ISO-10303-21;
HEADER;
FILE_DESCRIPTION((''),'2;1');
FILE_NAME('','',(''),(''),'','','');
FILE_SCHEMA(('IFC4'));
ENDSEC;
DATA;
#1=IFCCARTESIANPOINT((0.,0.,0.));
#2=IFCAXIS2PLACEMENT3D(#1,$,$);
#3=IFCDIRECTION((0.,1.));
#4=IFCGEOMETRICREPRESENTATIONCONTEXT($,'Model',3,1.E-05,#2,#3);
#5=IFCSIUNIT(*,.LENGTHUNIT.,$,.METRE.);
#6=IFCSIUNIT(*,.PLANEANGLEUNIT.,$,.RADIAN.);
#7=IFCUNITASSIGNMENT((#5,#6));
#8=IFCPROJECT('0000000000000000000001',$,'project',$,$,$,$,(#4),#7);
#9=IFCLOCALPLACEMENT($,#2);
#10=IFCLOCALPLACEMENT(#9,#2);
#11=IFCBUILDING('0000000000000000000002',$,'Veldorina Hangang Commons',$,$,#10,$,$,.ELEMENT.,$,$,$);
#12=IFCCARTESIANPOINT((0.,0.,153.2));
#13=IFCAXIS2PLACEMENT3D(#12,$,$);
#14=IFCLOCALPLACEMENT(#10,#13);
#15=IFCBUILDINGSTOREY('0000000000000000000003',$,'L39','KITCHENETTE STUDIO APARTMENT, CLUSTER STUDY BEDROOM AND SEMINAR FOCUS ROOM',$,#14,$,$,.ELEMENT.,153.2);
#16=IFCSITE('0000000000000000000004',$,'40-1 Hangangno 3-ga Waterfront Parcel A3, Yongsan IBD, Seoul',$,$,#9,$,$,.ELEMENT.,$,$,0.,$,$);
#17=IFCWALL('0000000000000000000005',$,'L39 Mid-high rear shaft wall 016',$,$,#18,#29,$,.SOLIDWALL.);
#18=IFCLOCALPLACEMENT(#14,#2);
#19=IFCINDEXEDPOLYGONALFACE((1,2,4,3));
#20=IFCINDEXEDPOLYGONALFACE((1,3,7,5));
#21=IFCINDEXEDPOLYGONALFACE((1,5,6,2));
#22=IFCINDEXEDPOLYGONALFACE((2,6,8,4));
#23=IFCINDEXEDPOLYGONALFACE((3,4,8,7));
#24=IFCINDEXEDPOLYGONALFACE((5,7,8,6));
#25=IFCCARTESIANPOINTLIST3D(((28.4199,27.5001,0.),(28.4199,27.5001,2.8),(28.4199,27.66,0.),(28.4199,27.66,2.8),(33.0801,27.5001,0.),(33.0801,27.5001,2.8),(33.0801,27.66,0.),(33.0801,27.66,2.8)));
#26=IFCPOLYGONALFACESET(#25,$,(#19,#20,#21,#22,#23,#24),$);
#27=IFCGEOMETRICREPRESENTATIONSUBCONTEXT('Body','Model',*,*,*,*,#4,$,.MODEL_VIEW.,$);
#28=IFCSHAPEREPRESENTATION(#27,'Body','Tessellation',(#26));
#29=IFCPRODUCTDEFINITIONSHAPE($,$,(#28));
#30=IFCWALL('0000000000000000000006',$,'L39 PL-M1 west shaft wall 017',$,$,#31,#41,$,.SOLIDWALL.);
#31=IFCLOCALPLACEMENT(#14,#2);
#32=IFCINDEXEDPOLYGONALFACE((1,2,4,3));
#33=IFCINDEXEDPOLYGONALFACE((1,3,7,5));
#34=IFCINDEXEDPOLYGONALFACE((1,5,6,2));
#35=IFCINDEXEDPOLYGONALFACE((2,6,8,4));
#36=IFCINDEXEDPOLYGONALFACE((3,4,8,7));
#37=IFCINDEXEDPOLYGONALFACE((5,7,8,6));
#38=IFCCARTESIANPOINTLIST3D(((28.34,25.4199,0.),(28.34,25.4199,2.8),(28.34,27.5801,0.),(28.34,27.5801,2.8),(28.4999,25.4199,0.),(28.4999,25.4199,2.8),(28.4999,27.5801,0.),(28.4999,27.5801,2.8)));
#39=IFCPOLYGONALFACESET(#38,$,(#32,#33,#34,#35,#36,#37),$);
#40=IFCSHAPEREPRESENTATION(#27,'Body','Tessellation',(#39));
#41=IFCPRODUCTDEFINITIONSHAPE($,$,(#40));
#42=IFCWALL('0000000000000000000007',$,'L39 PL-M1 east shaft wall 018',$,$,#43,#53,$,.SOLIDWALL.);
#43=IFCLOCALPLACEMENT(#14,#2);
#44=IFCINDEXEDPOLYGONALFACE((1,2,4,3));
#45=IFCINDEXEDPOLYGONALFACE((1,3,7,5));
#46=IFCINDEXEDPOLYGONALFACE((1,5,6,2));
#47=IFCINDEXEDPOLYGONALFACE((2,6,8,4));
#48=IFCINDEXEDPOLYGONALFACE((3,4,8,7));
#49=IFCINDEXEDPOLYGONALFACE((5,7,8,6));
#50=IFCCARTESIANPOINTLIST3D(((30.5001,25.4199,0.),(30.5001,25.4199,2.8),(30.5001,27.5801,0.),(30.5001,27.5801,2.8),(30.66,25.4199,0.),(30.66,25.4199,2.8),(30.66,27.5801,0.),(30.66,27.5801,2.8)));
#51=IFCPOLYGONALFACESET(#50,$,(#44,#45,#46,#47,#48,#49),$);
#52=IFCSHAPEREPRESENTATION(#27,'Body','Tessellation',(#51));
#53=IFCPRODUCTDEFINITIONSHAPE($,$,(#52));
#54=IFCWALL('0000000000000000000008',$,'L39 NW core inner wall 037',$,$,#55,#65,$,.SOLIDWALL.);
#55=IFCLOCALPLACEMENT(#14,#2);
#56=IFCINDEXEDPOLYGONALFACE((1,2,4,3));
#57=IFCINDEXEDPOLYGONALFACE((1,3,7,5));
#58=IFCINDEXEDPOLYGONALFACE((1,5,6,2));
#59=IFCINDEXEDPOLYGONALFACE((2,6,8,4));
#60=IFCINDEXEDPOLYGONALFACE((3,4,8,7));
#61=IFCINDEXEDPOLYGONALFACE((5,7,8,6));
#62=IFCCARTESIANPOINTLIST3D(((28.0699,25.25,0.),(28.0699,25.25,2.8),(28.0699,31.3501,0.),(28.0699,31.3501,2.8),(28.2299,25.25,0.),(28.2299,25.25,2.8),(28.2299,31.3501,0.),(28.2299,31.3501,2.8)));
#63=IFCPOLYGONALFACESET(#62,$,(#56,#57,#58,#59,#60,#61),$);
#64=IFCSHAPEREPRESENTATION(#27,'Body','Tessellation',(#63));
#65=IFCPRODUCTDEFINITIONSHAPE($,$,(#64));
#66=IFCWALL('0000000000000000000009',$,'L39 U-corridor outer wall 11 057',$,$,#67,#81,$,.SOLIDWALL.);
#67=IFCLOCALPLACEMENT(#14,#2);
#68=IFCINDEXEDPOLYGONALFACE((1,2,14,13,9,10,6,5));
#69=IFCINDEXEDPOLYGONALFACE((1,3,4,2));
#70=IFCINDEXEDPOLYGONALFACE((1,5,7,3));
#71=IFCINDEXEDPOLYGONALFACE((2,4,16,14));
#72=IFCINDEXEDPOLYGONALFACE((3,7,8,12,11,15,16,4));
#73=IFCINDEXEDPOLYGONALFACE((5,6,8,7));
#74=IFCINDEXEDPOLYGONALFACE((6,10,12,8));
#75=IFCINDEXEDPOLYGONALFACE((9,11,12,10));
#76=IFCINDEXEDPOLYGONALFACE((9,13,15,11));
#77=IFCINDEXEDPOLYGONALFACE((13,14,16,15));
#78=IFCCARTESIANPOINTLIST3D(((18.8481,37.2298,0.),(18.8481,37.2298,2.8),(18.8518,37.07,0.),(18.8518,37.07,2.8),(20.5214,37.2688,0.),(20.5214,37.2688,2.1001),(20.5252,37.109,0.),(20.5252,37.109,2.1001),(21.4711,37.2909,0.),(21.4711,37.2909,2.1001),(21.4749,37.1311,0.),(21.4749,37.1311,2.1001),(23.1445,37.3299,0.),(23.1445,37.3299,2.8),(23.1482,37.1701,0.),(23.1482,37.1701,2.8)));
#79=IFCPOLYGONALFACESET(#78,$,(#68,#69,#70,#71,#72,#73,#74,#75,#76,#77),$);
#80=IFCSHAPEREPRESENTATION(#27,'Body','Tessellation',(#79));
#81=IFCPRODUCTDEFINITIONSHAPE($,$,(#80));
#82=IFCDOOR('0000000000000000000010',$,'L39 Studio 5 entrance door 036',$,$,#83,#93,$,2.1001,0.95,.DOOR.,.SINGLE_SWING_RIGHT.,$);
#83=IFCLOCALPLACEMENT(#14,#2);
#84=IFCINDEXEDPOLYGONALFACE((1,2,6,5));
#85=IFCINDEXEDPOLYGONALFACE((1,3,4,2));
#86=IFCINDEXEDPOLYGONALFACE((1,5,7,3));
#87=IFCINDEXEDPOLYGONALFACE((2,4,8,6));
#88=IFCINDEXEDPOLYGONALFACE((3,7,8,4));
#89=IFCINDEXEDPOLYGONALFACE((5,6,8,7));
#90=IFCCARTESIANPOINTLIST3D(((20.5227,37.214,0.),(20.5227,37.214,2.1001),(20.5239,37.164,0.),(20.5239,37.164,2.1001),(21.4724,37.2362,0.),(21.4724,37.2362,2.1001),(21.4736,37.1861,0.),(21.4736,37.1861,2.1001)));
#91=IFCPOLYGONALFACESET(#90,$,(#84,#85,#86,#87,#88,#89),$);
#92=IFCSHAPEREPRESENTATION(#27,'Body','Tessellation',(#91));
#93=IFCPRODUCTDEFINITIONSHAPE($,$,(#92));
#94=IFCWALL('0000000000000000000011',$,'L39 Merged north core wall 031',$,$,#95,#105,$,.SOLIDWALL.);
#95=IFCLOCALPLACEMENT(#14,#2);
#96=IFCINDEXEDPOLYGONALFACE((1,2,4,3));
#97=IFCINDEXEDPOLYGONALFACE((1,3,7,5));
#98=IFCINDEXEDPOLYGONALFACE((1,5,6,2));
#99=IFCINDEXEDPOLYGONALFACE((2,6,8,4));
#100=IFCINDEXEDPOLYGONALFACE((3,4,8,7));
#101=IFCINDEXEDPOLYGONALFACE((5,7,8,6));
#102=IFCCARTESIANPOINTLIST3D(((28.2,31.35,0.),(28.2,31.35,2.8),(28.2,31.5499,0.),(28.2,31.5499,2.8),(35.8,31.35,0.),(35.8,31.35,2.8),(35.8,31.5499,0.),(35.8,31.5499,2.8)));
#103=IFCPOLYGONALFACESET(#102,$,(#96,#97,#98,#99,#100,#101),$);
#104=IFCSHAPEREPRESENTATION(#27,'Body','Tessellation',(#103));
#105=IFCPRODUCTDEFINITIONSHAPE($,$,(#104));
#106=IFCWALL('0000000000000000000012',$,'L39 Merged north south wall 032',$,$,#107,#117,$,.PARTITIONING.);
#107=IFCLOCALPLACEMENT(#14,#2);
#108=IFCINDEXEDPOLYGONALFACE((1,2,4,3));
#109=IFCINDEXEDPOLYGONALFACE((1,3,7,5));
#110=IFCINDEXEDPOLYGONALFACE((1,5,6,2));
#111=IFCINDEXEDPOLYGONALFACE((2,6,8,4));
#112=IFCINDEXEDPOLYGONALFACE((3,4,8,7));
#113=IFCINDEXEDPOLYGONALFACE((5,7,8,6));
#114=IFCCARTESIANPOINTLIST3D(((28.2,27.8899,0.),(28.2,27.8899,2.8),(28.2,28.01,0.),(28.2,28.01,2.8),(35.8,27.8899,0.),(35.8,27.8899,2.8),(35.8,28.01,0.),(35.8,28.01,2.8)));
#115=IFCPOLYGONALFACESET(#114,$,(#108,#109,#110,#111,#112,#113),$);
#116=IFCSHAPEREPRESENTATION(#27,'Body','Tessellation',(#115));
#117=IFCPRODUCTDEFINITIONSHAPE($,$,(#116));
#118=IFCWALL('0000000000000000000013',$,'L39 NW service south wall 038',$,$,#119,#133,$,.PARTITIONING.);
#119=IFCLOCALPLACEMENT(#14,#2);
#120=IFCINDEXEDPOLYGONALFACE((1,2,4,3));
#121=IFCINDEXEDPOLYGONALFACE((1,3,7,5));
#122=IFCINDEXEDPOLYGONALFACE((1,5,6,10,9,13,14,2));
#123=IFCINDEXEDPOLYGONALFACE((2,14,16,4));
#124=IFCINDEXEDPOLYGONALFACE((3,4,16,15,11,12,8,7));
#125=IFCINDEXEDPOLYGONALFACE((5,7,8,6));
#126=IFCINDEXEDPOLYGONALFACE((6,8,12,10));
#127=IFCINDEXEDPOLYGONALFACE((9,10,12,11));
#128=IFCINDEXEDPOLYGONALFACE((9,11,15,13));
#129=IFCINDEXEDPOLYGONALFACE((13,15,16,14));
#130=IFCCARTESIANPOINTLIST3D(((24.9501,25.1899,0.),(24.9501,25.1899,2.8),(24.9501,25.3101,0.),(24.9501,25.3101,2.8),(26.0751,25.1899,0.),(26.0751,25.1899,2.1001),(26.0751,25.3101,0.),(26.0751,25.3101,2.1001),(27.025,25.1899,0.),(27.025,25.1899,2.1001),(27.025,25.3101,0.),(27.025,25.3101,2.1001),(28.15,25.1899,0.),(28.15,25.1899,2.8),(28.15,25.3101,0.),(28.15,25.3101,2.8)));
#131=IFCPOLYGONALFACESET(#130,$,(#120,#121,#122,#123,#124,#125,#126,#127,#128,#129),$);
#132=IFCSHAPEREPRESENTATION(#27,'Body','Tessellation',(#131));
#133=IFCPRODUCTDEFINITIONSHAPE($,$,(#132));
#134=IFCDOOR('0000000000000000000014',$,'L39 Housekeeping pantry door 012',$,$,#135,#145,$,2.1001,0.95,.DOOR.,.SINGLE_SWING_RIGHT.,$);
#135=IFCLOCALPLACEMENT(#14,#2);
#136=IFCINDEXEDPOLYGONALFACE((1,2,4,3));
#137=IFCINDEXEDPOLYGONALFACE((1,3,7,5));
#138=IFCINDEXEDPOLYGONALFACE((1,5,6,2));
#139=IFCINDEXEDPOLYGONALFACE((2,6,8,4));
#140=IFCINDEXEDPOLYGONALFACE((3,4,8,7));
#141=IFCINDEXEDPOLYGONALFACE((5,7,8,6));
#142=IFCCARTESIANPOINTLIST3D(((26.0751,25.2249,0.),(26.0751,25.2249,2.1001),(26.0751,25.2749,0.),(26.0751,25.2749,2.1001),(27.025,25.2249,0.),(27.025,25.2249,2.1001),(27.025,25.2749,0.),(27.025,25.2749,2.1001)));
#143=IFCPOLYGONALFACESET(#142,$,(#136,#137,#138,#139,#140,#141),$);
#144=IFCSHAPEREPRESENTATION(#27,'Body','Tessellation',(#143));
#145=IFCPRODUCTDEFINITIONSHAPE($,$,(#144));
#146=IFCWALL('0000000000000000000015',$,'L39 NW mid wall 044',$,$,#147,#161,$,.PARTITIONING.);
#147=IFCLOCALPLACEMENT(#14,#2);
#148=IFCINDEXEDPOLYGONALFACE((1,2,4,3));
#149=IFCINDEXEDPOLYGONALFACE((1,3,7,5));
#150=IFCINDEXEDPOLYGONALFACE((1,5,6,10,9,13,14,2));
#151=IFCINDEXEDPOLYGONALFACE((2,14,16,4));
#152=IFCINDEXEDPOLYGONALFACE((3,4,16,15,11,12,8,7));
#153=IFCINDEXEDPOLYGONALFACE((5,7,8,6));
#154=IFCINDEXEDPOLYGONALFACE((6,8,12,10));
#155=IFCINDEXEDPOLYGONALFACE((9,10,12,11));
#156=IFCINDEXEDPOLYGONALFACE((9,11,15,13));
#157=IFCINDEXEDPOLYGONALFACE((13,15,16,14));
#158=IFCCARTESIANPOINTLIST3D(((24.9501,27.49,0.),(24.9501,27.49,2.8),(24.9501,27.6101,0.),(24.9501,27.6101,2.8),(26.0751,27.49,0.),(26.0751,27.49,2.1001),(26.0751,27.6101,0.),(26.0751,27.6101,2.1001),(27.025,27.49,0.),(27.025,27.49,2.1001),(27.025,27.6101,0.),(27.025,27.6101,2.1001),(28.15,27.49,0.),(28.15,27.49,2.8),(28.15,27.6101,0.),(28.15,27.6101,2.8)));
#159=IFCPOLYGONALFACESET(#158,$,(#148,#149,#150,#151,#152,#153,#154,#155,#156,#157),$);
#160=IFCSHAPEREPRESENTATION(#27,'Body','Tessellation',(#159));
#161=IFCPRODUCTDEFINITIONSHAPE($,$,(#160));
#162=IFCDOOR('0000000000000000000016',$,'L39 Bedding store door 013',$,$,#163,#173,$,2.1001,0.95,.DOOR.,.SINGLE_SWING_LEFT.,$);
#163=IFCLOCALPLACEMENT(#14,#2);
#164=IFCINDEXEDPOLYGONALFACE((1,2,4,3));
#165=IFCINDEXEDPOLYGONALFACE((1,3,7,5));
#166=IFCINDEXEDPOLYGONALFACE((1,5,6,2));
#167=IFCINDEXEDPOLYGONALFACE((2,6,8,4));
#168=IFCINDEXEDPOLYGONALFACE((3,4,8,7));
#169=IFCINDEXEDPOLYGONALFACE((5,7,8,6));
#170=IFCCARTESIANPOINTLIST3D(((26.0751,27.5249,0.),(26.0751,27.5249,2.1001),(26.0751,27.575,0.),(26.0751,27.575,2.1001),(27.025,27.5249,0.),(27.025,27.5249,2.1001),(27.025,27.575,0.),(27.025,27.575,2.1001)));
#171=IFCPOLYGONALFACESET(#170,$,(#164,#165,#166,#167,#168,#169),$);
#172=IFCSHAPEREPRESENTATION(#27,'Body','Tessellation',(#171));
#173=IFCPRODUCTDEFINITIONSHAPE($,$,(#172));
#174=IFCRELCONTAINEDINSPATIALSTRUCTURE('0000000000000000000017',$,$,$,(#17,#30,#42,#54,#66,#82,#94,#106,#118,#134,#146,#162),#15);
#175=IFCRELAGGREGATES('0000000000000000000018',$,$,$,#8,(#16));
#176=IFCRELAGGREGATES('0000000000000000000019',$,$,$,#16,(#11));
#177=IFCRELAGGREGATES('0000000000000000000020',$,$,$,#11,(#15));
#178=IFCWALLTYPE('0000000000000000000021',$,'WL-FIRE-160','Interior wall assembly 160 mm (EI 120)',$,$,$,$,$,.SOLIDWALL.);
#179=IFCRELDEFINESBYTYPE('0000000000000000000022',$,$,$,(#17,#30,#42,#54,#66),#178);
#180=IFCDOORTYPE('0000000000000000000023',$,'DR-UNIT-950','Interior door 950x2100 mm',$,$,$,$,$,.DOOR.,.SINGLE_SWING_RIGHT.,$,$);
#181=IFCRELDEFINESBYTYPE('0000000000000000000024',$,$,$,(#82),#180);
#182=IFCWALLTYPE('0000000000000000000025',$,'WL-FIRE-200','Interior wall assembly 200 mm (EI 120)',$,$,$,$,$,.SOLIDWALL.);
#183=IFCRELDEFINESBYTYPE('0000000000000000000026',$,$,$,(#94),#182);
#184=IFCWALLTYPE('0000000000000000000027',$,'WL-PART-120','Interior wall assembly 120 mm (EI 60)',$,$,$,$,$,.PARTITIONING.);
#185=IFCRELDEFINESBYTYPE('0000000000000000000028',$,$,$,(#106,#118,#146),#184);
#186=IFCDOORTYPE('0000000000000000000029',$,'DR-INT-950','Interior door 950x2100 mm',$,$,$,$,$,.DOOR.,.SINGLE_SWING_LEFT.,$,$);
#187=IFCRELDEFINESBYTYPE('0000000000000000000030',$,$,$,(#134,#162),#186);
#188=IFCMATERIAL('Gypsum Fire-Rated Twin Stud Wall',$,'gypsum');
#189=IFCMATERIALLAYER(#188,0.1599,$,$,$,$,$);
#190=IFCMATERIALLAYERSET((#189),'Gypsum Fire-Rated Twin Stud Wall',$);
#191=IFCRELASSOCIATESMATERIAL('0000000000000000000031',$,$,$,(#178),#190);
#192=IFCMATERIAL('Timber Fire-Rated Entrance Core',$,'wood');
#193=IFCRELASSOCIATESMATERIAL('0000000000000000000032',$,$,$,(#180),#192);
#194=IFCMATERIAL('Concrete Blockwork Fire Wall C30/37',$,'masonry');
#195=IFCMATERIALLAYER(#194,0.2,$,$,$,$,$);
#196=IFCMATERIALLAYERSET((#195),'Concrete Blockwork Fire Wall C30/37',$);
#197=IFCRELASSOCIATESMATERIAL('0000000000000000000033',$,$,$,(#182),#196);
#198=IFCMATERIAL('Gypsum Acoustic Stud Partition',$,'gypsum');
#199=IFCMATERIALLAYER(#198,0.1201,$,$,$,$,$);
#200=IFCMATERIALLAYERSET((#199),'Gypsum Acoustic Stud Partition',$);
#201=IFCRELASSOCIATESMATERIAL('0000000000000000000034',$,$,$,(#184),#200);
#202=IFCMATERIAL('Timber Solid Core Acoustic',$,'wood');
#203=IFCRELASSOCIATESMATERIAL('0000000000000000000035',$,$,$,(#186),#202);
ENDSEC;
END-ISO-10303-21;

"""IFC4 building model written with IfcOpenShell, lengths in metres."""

from ifc_helpers import new_model, si_unit, direction, frame, frame_2d, origin, place, context, subcontext, project, spatial, rectangle, extrude, material, layer, layer_set, type_object, element, fill, save


model = new_model("IFC4")

# Units and contexts
model_context = context("Model", 3, precision=1e-05, world=origin(), true_north=direction((0.0, 1.0)))
body_context = subcontext(model_context, "Body", "Model", "MODEL_VIEW")
ifc_project = project(units=[si_unit("LENGTHUNIT", "METRE"), si_unit("PLANEANGLEUNIT", "RADIAN")], contexts=[model_context])

# Site, building, storey
site_placement = place(None, origin())
site = spatial("IfcSite", under=ifc_project, at=site_placement, Name="40-1 Hangangno 3-ga Waterfront Parcel A3, Yongsan IBD, Seoul", CompositionType="ELEMENT", RefElevation=0.0)
building_placement = place(site_placement, origin())
building = spatial("IfcBuilding", under=site, at=building_placement, Name="Veldorina Hangang Commons", CompositionType="ELEMENT")
storey_placement = place(building_placement, frame((0.0, 0.0, 153.2)))
storey = spatial("IfcBuildingStorey", under=building, at=storey_placement, Name="L39", Description="KITCHENETTE STUDIO APARTMENT, CLUSTER STUDY BEDROOM AND SEMINAR FOCUS ROOM", CompositionType="ELEMENT", Elevation=153.2)

# Shared definitions
ifc_material_1 = material(Name="Gypsum Fire-Rated Twin Stud Wall", Category="gypsum")
ifc_layer_1 = layer(ifc_material_1, 0.1599)
ifc_layer_set_1 = layer_set([ifc_layer_1], Name="Gypsum Fire-Rated Twin Stud Wall")
wall_type_1 = type_object("IfcWallType", Name="WL-FIRE-160", Description="Interior wall assembly 160 mm (EI 120)", PredefinedType="SOLIDWALL", material=ifc_layer_set_1)

# Walls
wall_1_placement = place(storey_placement, frame((28.4199, 27.5801, 0.0), z_axis=(0.0, 0.0, 1.0), x_axis=(1.0, 0.0, 0.0)))
element("IfcWall", 1, at=wall_1_placement, inside=storey, type_object=wall_type_1, Name="L39 Mid-high rear shaft wall 016", PredefinedType="SOLIDWALL", context=body_context, shape_type="SweptSolid", body=[
    extrude(rectangle(XDim=4.6602, YDim=0.1599, at=frame_2d((2.3301, 0.0))), origin(), (0.0, 0.0, 1.0), 2.8),
])
for number, where, z_axis, x_axis, name in (
    (2, (28.4199, 25.4199, 0.0), (0.0, 0.0, 1.0), (0.0, 1.0, 0.0), "L39 PL-M1 west shaft wall 017"),
    (3, (30.5801, 25.4199, 0.0), (0.0, 0.0, 1.0), (0.0, 1.0, 0.0), "L39 PL-M1 east shaft wall 018"),
):
    element("IfcWall", number, at=place(storey_placement, frame(where, z_axis=z_axis, x_axis=x_axis)), inside=storey, type_object=wall_type_1, Name=name, PredefinedType="SOLIDWALL", context=body_context, shape_type="SweptSolid", body=[
        extrude(rectangle(XDim=2.1602, YDim=0.1599, at=frame_2d((1.0801, 0.0))), origin(), (0.0, 0.0, 1.0), 2.8),
    ])
wall_2_placement = place(storey_placement, frame((28.1499, 25.25, 0.0), z_axis=(0.0, 0.0, 1.0), x_axis=(0.0, 1.0, 0.0)))
element("IfcWall", 4, at=wall_2_placement, inside=storey, type_object=wall_type_1, Name="L39 NW core inner wall 037", PredefinedType="SOLIDWALL", context=body_context, shape_type="SweptSolid", body=[
    extrude(rectangle(XDim=6.1001, YDim=0.1599, at=frame_2d((3.05, 0.0))), origin(), (0.0, 0.0, 1.0), 2.8),
])

# Wall, opening, door
wall_3_placement = place(storey_placement, frame((23.1465, 37.25, 0.0), z_axis=(0.0, 0.0, 1.0), x_axis=(-0.999729, -0.023292, 0.0)))
wall_3 = element("IfcWall", 5, at=wall_3_placement, inside=storey, type_object=wall_type_1, Name="L39 U-corridor outer wall 11 057", PredefinedType="SOLIDWALL", context=body_context, shape_type="SweptSolid", body=[
    extrude(rectangle(XDim=4.2976, YDim=0.1599, at=frame_2d((2.1489, 0.0))), origin(), (0.0, 0.0, 1.0), 2.8),
])
opening_1_placement = place(wall_3_placement, frame((1.6738, 0.0, 0.0)))
opening_1 = element("IfcOpeningElement", 6, at=opening_1_placement, cuts=wall_3, PredefinedType="OPENING", context=body_context, shape_type="SweptSolid", body=[
    extrude(rectangle(XDim=0.95, YDim=2.1001, at=frame_2d((0.4751, 1.05))), frame((0.0, 0.0898, 0.0), z_axis=(0.0, -1.0, 0.0), x_axis=(1.0, 0.0, 0.0)), (0.0, 0.0, 1.0), 0.1799),
])
ifc_material_2 = material(Name="Timber Fire-Rated Entrance Core", Category="wood")
door_type_1 = type_object("IfcDoorType", Name="DR-UNIT-950", Description="Interior door 950x2100 mm", OperationType="SINGLE_SWING_RIGHT", PredefinedType="DOOR", material=ifc_material_2)
door_1_placement = place(opening_1_placement, origin())
door_1 = element("IfcDoor", 7, at=door_1_placement, inside=storey, type_object=door_type_1, Name="L39 Studio 5 entrance door 036", OperationType="SINGLE_SWING_RIGHT", OverallHeight=2.1001, OverallWidth=0.95, PredefinedType="DOOR", context=body_context, shape_type="SweptSolid", body=[
    extrude(rectangle(XDim=0.95, YDim=2.1001, at=frame_2d((0.4751, 1.05))), frame((0.0, 0.0249, 0.0), z_axis=(0.0, -1.0, 0.0), x_axis=(1.0, 0.0, 0.0)), (0.0, 0.0, 1.0), 0.05),
])
fill(opening_1, door_1)

# Walls
ifc_material_3 = material(Name="Concrete Blockwork Fire Wall C30/37", Category="masonry")
ifc_layer_2 = layer(ifc_material_3, 0.2)
ifc_layer_set_2 = layer_set([ifc_layer_2], Name="Concrete Blockwork Fire Wall C30/37")
wall_type_2 = type_object("IfcWallType", Name="WL-FIRE-200", Description="Interior wall assembly 200 mm (EI 120)", PredefinedType="SOLIDWALL", material=ifc_layer_set_2)
wall_4_placement = place(storey_placement, frame((28.2, 31.45, 0.0), z_axis=(0.0, 0.0, 1.0), x_axis=(1.0, 0.0, 0.0)))
element("IfcWall", 8, at=wall_4_placement, inside=storey, type_object=wall_type_2, Name="L39 Merged north core wall 031", PredefinedType="SOLIDWALL", context=body_context, shape_type="SweptSolid", body=[
    extrude(rectangle(XDim=7.6001, YDim=0.2, at=frame_2d((3.8, 0.0))), origin(), (0.0, 0.0, 1.0), 2.8),
])
ifc_material_4 = material(Name="Gypsum Acoustic Stud Partition", Category="gypsum")
ifc_layer_3 = layer(ifc_material_4, 0.1201)
ifc_layer_set_3 = layer_set([ifc_layer_3], Name="Gypsum Acoustic Stud Partition")
wall_type_3 = type_object("IfcWallType", Name="WL-PART-120", Description="Interior wall assembly 120 mm (EI 60)", PredefinedType="PARTITIONING", material=ifc_layer_set_3)
wall_5_placement = place(storey_placement, frame((28.2, 27.95, 0.0), z_axis=(0.0, 0.0, 1.0), x_axis=(1.0, 0.0, 0.0)))
element("IfcWall", 9, at=wall_5_placement, inside=storey, type_object=wall_type_3, Name="L39 Merged north south wall 032", PredefinedType="PARTITIONING", context=body_context, shape_type="SweptSolid", body=[
    extrude(rectangle(XDim=7.6001, YDim=0.1201, at=frame_2d((3.8, 0.0))), origin(), (0.0, 0.0, 1.0), 2.8),
])

# Walls, openings, doors
wall_6_placement = place(storey_placement, frame((24.95, 25.25, 0.0), z_axis=(0.0, 0.0, 1.0), x_axis=(1.0, 0.0, 0.0)))
wall_6 = element("IfcWall", 10, at=wall_6_placement, inside=storey, type_object=wall_type_3, Name="L39 NW service south wall 038", PredefinedType="PARTITIONING", context=body_context, shape_type="SweptSolid", body=[
    extrude(rectangle(XDim=3.2, YDim=0.1201, at=frame_2d((1.6001, 0.0))), origin(), (0.0, 0.0, 1.0), 2.8),
])
opening_2_placement = place(wall_6_placement, frame((1.125, 0.0, 0.0)))
opening_2 = element("IfcOpeningElement", 11, at=opening_2_placement, cuts=wall_6, PredefinedType="OPENING", context=body_context, shape_type="SweptSolid", body=[
    extrude(rectangle(XDim=0.95, YDim=2.1001, at=frame_2d((0.4751, 1.05))), frame((0.0, 0.0701, 0.0), z_axis=(0.0, -1.0, 0.0), x_axis=(1.0, 0.0, 0.0)), (0.0, 0.0, 1.0), 0.1401),
])
ifc_material_5 = material(Name="Timber Solid Core Acoustic", Category="wood")
door_type_2 = type_object("IfcDoorType", Name="DR-INT-950", Description="Interior door 950x2100 mm", OperationType="SINGLE_SWING_LEFT", PredefinedType="DOOR", material=ifc_material_5)
door_2_placement = place(opening_2_placement, origin())
door_2 = element("IfcDoor", 12, at=door_2_placement, inside=storey, type_object=door_type_2, Name="L39 Housekeeping pantry door 012", OperationType="SINGLE_SWING_RIGHT", OverallHeight=2.1001, OverallWidth=0.95, PredefinedType="DOOR", context=body_context, shape_type="SweptSolid", body=[
    extrude(rectangle(XDim=0.95, YDim=2.1001, at=frame_2d((0.4751, 1.05))), frame((0.0, 0.0249, 0.0), z_axis=(0.0, -1.0, 0.0), x_axis=(1.0, 0.0, 0.0)), (0.0, 0.0, 1.0), 0.05),
])
fill(opening_2, door_2)
wall_7_placement = place(storey_placement, frame((24.95, 27.55, 0.0), z_axis=(0.0, 0.0, 1.0), x_axis=(1.0, 0.0, 0.0)))
wall_7 = element("IfcWall", 13, at=wall_7_placement, inside=storey, type_object=wall_type_3, Name="L39 NW mid wall 044", PredefinedType="PARTITIONING", context=body_context, shape_type="SweptSolid", body=[
    extrude(rectangle(XDim=3.2, YDim=0.1201, at=frame_2d((1.6001, 0.0))), origin(), (0.0, 0.0, 1.0), 2.8),
])
opening_3_placement = place(wall_7_placement, frame((1.125, 0.0, 0.0)))
opening_3 = element("IfcOpeningElement", 14, at=opening_3_placement, cuts=wall_7, PredefinedType="OPENING", context=body_context, shape_type="SweptSolid", body=[
    extrude(rectangle(XDim=0.95, YDim=2.1001, at=frame_2d((0.4751, 1.05))), frame((0.0, 0.0701, 0.0), z_axis=(0.0, -1.0, 0.0), x_axis=(1.0, 0.0, 0.0)), (0.0, 0.0, 1.0), 0.1401),
])
door_3_placement = place(opening_3_placement, origin())
door_3 = element("IfcDoor", 15, at=door_3_placement, inside=storey, type_object=door_type_2, Name="L39 Bedding store door 013", OperationType="SINGLE_SWING_LEFT", OverallHeight=2.1001, OverallWidth=0.95, PredefinedType="DOOR", context=body_context, shape_type="SweptSolid", body=[
    extrude(rectangle(XDim=0.95, YDim=2.1001, at=frame_2d((0.4751, 1.05))), frame((0.0, 0.0249, 0.0), z_axis=(0.0, -1.0, 0.0), x_axis=(1.0, 0.0, 0.0)), (0.0, 0.0, 1.0), 0.05),
])
fill(opening_3, door_3)

save(model, "model.ifc")
